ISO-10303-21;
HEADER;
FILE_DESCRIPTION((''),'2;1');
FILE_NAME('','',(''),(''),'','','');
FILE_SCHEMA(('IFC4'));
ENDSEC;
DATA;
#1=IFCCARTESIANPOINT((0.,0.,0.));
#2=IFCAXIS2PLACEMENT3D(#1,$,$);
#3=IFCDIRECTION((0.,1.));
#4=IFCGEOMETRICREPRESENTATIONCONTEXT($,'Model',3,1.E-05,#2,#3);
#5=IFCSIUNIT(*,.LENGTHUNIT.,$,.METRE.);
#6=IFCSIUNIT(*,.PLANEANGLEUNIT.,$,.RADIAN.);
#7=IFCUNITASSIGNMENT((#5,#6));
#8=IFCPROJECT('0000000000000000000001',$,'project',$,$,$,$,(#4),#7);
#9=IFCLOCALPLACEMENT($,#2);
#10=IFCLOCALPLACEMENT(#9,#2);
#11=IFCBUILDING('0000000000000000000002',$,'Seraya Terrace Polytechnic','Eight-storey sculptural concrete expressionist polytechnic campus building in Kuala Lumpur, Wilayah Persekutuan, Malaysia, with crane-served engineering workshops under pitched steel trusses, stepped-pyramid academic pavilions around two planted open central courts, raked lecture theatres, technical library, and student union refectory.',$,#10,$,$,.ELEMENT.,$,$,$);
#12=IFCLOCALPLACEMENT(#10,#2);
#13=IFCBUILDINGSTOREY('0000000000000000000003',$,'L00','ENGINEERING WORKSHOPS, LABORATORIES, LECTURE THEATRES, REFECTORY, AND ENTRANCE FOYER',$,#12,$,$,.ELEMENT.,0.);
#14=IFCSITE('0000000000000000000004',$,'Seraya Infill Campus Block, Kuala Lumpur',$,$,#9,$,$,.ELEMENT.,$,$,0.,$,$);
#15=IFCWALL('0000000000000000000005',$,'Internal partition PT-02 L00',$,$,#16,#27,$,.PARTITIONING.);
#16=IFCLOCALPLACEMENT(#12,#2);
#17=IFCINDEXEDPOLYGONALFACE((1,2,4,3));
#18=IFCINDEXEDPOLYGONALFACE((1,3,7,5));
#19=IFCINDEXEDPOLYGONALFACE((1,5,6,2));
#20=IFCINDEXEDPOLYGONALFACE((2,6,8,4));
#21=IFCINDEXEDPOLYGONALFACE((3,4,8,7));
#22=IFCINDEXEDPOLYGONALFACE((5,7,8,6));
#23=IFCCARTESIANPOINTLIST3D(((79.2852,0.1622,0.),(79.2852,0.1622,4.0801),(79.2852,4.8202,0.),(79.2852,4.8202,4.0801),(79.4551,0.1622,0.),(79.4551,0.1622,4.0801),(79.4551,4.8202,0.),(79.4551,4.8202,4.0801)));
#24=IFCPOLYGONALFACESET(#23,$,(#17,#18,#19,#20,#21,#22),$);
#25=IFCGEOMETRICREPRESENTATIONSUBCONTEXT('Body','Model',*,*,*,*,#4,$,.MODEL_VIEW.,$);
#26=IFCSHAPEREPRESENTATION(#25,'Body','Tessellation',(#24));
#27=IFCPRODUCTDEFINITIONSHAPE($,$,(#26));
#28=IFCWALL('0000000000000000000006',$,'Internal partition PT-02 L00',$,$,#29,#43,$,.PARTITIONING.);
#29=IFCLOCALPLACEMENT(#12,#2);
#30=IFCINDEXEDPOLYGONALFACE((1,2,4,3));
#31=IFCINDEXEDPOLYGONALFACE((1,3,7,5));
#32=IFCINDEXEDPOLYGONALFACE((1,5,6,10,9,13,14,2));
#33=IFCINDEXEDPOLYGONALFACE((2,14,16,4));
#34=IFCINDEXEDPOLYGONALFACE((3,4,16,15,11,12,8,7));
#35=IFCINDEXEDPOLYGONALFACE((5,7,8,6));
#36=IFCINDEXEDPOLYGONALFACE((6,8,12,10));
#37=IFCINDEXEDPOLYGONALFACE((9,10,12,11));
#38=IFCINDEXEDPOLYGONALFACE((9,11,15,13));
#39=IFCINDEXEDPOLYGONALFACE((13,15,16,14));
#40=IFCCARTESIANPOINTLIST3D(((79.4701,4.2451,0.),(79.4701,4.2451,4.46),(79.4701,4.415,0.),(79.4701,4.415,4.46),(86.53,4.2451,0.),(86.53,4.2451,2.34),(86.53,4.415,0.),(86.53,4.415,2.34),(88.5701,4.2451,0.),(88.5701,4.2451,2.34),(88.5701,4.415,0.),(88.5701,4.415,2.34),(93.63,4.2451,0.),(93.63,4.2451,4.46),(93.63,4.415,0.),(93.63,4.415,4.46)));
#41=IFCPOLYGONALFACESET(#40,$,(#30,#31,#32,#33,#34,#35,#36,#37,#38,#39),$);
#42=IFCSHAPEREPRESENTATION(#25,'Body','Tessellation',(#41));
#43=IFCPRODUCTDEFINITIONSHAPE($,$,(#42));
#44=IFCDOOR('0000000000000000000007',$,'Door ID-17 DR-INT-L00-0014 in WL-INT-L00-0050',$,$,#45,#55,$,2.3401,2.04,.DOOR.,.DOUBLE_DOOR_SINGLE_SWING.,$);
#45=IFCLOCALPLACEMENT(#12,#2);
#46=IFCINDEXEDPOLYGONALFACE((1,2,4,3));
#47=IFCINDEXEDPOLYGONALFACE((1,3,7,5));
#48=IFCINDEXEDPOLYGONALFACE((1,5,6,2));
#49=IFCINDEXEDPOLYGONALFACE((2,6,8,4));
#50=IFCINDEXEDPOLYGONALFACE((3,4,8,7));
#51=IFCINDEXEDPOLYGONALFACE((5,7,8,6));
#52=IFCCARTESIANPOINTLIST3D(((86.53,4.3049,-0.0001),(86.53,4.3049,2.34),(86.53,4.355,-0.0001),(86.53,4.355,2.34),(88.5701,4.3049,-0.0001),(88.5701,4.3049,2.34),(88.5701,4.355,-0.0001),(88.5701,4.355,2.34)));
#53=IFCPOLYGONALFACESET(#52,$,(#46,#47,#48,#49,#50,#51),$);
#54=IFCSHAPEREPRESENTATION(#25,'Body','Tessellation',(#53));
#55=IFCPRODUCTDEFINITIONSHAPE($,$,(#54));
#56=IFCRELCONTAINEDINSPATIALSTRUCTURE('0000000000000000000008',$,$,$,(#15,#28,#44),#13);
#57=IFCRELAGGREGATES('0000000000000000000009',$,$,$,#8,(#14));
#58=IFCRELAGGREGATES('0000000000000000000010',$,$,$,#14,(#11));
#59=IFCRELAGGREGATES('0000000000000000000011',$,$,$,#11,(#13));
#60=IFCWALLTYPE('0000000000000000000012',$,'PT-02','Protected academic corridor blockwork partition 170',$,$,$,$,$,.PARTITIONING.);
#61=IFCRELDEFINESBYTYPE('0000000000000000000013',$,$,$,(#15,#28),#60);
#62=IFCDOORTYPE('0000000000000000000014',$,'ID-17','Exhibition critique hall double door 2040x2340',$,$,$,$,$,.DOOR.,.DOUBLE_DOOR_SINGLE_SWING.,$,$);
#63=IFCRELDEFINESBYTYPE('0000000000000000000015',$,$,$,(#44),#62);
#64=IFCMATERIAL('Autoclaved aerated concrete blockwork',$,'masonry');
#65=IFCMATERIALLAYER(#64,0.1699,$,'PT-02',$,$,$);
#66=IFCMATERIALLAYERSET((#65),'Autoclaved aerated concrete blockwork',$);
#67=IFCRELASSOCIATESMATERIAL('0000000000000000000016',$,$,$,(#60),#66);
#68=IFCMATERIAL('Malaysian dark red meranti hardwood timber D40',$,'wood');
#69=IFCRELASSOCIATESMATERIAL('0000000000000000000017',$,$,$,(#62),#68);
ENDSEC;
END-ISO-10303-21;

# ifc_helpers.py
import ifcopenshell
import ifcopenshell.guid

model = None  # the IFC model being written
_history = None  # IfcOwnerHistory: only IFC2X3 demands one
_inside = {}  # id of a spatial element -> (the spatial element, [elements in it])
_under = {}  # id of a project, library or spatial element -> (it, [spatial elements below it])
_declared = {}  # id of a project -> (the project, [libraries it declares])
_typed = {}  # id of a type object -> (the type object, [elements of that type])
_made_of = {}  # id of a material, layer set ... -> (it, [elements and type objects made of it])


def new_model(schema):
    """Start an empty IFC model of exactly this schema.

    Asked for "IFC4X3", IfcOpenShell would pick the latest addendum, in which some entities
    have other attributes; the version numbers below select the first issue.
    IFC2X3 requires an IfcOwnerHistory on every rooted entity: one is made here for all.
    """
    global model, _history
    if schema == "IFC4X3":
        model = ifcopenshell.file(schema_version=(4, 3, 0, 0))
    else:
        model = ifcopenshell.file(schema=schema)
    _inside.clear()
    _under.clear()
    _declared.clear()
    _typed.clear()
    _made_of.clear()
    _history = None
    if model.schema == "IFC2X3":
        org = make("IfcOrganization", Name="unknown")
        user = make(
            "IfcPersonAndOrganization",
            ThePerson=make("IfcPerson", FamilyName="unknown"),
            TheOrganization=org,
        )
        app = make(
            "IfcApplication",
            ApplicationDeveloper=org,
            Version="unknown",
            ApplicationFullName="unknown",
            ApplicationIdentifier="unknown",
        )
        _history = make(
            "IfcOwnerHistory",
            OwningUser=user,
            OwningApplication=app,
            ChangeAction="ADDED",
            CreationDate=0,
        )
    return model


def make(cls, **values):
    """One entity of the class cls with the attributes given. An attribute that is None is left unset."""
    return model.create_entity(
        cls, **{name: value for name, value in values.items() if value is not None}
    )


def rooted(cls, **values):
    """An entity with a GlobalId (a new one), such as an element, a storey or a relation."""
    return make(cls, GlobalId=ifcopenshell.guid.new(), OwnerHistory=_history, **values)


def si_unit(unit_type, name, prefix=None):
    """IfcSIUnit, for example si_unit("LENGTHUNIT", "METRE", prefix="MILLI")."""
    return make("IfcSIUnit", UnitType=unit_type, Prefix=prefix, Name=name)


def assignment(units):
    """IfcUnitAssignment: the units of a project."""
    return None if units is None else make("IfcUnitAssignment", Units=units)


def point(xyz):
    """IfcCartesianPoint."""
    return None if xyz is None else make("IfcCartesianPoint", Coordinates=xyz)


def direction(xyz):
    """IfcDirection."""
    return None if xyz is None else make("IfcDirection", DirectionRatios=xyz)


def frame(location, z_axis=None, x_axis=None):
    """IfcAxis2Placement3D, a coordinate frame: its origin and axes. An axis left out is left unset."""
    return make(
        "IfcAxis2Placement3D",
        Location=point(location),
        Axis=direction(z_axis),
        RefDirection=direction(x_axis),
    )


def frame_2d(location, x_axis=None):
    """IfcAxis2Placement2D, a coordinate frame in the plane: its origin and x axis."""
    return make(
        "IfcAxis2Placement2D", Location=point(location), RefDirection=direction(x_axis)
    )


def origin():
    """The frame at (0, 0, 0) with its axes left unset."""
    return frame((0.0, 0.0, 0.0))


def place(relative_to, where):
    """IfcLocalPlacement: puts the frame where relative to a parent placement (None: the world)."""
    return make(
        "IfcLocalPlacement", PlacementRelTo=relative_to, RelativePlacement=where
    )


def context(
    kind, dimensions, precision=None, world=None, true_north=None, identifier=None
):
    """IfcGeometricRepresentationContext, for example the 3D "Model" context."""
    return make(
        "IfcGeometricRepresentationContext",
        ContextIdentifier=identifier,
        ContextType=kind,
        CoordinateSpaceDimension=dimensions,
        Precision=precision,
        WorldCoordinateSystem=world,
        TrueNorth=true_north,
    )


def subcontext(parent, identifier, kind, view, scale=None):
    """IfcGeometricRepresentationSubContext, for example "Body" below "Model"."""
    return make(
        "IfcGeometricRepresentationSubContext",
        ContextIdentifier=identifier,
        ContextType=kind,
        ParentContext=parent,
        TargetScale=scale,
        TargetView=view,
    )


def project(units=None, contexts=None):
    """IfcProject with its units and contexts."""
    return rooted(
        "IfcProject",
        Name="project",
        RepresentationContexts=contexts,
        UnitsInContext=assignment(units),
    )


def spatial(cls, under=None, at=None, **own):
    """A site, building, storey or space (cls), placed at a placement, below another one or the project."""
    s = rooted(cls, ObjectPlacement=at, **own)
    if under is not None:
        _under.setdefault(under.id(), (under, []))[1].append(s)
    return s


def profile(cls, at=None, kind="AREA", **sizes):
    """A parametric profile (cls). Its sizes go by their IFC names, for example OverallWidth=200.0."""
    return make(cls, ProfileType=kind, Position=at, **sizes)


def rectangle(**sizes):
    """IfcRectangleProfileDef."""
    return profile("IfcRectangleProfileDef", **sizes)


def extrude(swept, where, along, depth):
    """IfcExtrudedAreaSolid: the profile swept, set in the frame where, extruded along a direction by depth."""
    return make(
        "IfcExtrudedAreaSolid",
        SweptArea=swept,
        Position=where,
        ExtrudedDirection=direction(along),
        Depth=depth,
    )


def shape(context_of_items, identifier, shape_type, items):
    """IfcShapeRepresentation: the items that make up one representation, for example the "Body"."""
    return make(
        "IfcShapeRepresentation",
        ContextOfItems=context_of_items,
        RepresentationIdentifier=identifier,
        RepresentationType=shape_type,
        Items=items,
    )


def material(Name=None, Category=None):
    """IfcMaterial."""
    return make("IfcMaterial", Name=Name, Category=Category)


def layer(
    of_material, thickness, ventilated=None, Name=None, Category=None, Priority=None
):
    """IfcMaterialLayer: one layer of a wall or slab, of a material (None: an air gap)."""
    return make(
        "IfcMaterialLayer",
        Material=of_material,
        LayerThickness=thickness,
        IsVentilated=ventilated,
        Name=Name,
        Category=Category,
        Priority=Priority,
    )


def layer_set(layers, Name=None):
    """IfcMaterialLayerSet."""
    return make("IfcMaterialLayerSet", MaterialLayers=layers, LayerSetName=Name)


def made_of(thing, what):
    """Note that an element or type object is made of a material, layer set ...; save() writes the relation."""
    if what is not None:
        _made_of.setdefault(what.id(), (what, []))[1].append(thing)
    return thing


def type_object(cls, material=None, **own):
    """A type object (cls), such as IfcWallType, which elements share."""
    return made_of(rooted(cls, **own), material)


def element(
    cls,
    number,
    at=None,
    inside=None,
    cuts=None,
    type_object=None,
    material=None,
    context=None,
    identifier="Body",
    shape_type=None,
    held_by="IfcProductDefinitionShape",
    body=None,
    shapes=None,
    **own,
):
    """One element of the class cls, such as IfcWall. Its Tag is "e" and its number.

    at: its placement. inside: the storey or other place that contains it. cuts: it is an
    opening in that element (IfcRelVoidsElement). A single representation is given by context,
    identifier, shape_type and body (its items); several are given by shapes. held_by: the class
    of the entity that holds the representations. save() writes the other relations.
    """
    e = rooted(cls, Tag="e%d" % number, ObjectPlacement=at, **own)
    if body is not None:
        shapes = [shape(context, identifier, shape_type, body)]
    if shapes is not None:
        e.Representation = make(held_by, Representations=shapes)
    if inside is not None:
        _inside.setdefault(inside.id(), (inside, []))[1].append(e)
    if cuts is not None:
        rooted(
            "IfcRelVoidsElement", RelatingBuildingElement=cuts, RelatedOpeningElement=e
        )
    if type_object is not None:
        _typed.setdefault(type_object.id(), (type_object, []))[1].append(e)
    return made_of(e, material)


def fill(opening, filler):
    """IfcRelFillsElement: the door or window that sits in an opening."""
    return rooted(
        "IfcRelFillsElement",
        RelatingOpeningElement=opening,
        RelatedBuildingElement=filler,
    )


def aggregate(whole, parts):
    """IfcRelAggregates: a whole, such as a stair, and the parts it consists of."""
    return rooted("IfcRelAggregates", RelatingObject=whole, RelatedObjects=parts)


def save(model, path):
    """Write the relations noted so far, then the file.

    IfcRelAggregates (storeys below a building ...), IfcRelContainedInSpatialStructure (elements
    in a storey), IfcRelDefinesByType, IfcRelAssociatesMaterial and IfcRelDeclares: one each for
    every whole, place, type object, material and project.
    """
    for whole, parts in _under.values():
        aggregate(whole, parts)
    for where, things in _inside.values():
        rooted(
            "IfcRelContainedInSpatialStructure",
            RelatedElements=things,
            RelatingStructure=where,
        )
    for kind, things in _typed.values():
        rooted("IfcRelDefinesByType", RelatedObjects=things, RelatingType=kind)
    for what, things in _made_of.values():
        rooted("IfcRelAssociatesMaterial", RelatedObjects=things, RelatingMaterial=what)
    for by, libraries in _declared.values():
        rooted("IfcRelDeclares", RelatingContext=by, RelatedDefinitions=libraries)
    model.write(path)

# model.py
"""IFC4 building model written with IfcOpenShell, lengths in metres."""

from ifc_helpers import new_model, si_unit, direction, frame, frame_2d, origin, place, context, subcontext, project, spatial, rectangle, extrude, material, layer, layer_set, type_object, element, fill, save


model = new_model("IFC4")

# Units and contexts
model_context = context("Model", 3, precision=1e-05, world=origin(), true_north=direction((0.0, 1.0)))
body_context = subcontext(model_context, "Body", "Model", "MODEL_VIEW")
ifc_project = project(units=[si_unit("LENGTHUNIT", "METRE"), si_unit("PLANEANGLEUNIT", "RADIAN")], contexts=[model_context])

# Site, building, storey
site_placement = place(None, origin())
site = spatial("IfcSite", under=ifc_project, at=site_placement, Name="Seraya Infill Campus Block, Kuala Lumpur", CompositionType="ELEMENT", RefElevation=0.0)
building_placement = place(site_placement, origin())
building = spatial("IfcBuilding", under=site, at=building_placement, Name="Seraya Terrace Polytechnic", Description="Eight-storey sculptural concrete expressionist polytechnic campus building in Kuala Lumpur, Wilayah Persekutuan, Malaysia, with crane-served engineering workshops under pitched steel trusses, stepped-pyramid academic pavilions around two planted open central courts, raked lecture theatres, technical library, and student union refectory.", CompositionType="ELEMENT")
storey_placement = place(building_placement, origin())
storey = spatial("IfcBuildingStorey", under=building, at=storey_placement, Name="L00", Description="ENGINEERING WORKSHOPS, LABORATORIES, LECTURE THEATRES, REFECTORY, AND ENTRANCE FOYER", CompositionType="ELEMENT", Elevation=0.0)

# Wall
ifc_material_1 = material(Name="Autoclaved aerated concrete blockwork", Category="masonry")
ifc_layer_1 = layer(ifc_material_1, 0.1699, Name="PT-02")
ifc_layer_set_1 = layer_set([ifc_layer_1], Name="Autoclaved aerated concrete blockwork")
wall_type_1 = type_object("IfcWallType", Name="PT-02", Description="Protected academic corridor blockwork partition 170", PredefinedType="PARTITIONING", material=ifc_layer_set_1)
wall_1_placement = place(storey_placement, frame((79.3701, 0.1621, 0.0), z_axis=(0.0, 0.0, 1.0), x_axis=(0.0, 1.0, 0.0)))
element("IfcWall", 1, at=wall_1_placement, inside=storey, type_object=wall_type_1, Name="Internal partition PT-02 L00", PredefinedType="PARTITIONING", context=body_context, shape_type="SweptSolid", body=[
    extrude(rectangle(XDim=4.658, YDim=0.1699, at=frame_2d((2.3291, 0.0))), origin(), (0.0, 0.0, 1.0), 4.0801),
])

# Wall, opening, door
wall_2_placement = place(storey_placement, frame((79.47, 4.3301, 0.0), z_axis=(0.0, 0.0, 1.0), x_axis=(1.0, 0.0, 0.0)))
wall_2 = element("IfcWall", 2, at=wall_2_placement, inside=storey, type_object=wall_type_1, Name="Internal partition PT-02 L00", PredefinedType="PARTITIONING", context=body_context, shape_type="SweptSolid", body=[
    extrude(rectangle(XDim=14.1599, YDim=0.1699, at=frame_2d((7.0801, 0.0))), origin(), (0.0, 0.0, 1.0), 4.46),
])
opening_1_placement = place(wall_2_placement, frame((7.0601, 0.0, 0.0)))
opening_1 = element("IfcOpeningElement", 3, at=opening_1_placement, cuts=wall_2, PredefinedType="OPENING", context=body_context, shape_type="SweptSolid", body=[
    extrude(rectangle(XDim=2.04, YDim=2.3401, at=frame_2d((1.02, 1.1699))), frame((0.0, 0.0969, 0.0), z_axis=(0.0, -1.0, 0.0), x_axis=(1.0, 0.0, 0.0)), (0.0, 0.0, 1.0), 0.1938),
])
ifc_material_2 = material(Name="Malaysian dark red meranti hardwood timber D40", Category="wood")
door_type_1 = type_object("IfcDoorType", Name="ID-17", Description="Exhibition critique hall double door 2040x2340", OperationType="DOUBLE_DOOR_SINGLE_SWING", PredefinedType="DOOR", material=ifc_material_2)
door_1_placement = place(opening_1_placement, origin())
door_1 = element("IfcDoor", 4, at=door_1_placement, inside=storey, type_object=door_type_1, Name="Door ID-17 DR-INT-L00-0014 in WL-INT-L00-0050", OperationType="DOUBLE_DOOR_SINGLE_SWING", OverallHeight=2.3401, OverallWidth=2.04, PredefinedType="DOOR", context=body_context, shape_type="SweptSolid", body=[
    extrude(rectangle(XDim=2.04, YDim=2.3401, at=frame_2d((1.02, 1.1699))), frame((0.0, 0.0249, 0.0), z_axis=(0.0, -1.0, 0.0), x_axis=(1.0, 0.0, 0.0)), (0.0, 0.0, 1.0), 0.05),
])
fill(opening_1, door_1)

save(model, "model.ifc")
